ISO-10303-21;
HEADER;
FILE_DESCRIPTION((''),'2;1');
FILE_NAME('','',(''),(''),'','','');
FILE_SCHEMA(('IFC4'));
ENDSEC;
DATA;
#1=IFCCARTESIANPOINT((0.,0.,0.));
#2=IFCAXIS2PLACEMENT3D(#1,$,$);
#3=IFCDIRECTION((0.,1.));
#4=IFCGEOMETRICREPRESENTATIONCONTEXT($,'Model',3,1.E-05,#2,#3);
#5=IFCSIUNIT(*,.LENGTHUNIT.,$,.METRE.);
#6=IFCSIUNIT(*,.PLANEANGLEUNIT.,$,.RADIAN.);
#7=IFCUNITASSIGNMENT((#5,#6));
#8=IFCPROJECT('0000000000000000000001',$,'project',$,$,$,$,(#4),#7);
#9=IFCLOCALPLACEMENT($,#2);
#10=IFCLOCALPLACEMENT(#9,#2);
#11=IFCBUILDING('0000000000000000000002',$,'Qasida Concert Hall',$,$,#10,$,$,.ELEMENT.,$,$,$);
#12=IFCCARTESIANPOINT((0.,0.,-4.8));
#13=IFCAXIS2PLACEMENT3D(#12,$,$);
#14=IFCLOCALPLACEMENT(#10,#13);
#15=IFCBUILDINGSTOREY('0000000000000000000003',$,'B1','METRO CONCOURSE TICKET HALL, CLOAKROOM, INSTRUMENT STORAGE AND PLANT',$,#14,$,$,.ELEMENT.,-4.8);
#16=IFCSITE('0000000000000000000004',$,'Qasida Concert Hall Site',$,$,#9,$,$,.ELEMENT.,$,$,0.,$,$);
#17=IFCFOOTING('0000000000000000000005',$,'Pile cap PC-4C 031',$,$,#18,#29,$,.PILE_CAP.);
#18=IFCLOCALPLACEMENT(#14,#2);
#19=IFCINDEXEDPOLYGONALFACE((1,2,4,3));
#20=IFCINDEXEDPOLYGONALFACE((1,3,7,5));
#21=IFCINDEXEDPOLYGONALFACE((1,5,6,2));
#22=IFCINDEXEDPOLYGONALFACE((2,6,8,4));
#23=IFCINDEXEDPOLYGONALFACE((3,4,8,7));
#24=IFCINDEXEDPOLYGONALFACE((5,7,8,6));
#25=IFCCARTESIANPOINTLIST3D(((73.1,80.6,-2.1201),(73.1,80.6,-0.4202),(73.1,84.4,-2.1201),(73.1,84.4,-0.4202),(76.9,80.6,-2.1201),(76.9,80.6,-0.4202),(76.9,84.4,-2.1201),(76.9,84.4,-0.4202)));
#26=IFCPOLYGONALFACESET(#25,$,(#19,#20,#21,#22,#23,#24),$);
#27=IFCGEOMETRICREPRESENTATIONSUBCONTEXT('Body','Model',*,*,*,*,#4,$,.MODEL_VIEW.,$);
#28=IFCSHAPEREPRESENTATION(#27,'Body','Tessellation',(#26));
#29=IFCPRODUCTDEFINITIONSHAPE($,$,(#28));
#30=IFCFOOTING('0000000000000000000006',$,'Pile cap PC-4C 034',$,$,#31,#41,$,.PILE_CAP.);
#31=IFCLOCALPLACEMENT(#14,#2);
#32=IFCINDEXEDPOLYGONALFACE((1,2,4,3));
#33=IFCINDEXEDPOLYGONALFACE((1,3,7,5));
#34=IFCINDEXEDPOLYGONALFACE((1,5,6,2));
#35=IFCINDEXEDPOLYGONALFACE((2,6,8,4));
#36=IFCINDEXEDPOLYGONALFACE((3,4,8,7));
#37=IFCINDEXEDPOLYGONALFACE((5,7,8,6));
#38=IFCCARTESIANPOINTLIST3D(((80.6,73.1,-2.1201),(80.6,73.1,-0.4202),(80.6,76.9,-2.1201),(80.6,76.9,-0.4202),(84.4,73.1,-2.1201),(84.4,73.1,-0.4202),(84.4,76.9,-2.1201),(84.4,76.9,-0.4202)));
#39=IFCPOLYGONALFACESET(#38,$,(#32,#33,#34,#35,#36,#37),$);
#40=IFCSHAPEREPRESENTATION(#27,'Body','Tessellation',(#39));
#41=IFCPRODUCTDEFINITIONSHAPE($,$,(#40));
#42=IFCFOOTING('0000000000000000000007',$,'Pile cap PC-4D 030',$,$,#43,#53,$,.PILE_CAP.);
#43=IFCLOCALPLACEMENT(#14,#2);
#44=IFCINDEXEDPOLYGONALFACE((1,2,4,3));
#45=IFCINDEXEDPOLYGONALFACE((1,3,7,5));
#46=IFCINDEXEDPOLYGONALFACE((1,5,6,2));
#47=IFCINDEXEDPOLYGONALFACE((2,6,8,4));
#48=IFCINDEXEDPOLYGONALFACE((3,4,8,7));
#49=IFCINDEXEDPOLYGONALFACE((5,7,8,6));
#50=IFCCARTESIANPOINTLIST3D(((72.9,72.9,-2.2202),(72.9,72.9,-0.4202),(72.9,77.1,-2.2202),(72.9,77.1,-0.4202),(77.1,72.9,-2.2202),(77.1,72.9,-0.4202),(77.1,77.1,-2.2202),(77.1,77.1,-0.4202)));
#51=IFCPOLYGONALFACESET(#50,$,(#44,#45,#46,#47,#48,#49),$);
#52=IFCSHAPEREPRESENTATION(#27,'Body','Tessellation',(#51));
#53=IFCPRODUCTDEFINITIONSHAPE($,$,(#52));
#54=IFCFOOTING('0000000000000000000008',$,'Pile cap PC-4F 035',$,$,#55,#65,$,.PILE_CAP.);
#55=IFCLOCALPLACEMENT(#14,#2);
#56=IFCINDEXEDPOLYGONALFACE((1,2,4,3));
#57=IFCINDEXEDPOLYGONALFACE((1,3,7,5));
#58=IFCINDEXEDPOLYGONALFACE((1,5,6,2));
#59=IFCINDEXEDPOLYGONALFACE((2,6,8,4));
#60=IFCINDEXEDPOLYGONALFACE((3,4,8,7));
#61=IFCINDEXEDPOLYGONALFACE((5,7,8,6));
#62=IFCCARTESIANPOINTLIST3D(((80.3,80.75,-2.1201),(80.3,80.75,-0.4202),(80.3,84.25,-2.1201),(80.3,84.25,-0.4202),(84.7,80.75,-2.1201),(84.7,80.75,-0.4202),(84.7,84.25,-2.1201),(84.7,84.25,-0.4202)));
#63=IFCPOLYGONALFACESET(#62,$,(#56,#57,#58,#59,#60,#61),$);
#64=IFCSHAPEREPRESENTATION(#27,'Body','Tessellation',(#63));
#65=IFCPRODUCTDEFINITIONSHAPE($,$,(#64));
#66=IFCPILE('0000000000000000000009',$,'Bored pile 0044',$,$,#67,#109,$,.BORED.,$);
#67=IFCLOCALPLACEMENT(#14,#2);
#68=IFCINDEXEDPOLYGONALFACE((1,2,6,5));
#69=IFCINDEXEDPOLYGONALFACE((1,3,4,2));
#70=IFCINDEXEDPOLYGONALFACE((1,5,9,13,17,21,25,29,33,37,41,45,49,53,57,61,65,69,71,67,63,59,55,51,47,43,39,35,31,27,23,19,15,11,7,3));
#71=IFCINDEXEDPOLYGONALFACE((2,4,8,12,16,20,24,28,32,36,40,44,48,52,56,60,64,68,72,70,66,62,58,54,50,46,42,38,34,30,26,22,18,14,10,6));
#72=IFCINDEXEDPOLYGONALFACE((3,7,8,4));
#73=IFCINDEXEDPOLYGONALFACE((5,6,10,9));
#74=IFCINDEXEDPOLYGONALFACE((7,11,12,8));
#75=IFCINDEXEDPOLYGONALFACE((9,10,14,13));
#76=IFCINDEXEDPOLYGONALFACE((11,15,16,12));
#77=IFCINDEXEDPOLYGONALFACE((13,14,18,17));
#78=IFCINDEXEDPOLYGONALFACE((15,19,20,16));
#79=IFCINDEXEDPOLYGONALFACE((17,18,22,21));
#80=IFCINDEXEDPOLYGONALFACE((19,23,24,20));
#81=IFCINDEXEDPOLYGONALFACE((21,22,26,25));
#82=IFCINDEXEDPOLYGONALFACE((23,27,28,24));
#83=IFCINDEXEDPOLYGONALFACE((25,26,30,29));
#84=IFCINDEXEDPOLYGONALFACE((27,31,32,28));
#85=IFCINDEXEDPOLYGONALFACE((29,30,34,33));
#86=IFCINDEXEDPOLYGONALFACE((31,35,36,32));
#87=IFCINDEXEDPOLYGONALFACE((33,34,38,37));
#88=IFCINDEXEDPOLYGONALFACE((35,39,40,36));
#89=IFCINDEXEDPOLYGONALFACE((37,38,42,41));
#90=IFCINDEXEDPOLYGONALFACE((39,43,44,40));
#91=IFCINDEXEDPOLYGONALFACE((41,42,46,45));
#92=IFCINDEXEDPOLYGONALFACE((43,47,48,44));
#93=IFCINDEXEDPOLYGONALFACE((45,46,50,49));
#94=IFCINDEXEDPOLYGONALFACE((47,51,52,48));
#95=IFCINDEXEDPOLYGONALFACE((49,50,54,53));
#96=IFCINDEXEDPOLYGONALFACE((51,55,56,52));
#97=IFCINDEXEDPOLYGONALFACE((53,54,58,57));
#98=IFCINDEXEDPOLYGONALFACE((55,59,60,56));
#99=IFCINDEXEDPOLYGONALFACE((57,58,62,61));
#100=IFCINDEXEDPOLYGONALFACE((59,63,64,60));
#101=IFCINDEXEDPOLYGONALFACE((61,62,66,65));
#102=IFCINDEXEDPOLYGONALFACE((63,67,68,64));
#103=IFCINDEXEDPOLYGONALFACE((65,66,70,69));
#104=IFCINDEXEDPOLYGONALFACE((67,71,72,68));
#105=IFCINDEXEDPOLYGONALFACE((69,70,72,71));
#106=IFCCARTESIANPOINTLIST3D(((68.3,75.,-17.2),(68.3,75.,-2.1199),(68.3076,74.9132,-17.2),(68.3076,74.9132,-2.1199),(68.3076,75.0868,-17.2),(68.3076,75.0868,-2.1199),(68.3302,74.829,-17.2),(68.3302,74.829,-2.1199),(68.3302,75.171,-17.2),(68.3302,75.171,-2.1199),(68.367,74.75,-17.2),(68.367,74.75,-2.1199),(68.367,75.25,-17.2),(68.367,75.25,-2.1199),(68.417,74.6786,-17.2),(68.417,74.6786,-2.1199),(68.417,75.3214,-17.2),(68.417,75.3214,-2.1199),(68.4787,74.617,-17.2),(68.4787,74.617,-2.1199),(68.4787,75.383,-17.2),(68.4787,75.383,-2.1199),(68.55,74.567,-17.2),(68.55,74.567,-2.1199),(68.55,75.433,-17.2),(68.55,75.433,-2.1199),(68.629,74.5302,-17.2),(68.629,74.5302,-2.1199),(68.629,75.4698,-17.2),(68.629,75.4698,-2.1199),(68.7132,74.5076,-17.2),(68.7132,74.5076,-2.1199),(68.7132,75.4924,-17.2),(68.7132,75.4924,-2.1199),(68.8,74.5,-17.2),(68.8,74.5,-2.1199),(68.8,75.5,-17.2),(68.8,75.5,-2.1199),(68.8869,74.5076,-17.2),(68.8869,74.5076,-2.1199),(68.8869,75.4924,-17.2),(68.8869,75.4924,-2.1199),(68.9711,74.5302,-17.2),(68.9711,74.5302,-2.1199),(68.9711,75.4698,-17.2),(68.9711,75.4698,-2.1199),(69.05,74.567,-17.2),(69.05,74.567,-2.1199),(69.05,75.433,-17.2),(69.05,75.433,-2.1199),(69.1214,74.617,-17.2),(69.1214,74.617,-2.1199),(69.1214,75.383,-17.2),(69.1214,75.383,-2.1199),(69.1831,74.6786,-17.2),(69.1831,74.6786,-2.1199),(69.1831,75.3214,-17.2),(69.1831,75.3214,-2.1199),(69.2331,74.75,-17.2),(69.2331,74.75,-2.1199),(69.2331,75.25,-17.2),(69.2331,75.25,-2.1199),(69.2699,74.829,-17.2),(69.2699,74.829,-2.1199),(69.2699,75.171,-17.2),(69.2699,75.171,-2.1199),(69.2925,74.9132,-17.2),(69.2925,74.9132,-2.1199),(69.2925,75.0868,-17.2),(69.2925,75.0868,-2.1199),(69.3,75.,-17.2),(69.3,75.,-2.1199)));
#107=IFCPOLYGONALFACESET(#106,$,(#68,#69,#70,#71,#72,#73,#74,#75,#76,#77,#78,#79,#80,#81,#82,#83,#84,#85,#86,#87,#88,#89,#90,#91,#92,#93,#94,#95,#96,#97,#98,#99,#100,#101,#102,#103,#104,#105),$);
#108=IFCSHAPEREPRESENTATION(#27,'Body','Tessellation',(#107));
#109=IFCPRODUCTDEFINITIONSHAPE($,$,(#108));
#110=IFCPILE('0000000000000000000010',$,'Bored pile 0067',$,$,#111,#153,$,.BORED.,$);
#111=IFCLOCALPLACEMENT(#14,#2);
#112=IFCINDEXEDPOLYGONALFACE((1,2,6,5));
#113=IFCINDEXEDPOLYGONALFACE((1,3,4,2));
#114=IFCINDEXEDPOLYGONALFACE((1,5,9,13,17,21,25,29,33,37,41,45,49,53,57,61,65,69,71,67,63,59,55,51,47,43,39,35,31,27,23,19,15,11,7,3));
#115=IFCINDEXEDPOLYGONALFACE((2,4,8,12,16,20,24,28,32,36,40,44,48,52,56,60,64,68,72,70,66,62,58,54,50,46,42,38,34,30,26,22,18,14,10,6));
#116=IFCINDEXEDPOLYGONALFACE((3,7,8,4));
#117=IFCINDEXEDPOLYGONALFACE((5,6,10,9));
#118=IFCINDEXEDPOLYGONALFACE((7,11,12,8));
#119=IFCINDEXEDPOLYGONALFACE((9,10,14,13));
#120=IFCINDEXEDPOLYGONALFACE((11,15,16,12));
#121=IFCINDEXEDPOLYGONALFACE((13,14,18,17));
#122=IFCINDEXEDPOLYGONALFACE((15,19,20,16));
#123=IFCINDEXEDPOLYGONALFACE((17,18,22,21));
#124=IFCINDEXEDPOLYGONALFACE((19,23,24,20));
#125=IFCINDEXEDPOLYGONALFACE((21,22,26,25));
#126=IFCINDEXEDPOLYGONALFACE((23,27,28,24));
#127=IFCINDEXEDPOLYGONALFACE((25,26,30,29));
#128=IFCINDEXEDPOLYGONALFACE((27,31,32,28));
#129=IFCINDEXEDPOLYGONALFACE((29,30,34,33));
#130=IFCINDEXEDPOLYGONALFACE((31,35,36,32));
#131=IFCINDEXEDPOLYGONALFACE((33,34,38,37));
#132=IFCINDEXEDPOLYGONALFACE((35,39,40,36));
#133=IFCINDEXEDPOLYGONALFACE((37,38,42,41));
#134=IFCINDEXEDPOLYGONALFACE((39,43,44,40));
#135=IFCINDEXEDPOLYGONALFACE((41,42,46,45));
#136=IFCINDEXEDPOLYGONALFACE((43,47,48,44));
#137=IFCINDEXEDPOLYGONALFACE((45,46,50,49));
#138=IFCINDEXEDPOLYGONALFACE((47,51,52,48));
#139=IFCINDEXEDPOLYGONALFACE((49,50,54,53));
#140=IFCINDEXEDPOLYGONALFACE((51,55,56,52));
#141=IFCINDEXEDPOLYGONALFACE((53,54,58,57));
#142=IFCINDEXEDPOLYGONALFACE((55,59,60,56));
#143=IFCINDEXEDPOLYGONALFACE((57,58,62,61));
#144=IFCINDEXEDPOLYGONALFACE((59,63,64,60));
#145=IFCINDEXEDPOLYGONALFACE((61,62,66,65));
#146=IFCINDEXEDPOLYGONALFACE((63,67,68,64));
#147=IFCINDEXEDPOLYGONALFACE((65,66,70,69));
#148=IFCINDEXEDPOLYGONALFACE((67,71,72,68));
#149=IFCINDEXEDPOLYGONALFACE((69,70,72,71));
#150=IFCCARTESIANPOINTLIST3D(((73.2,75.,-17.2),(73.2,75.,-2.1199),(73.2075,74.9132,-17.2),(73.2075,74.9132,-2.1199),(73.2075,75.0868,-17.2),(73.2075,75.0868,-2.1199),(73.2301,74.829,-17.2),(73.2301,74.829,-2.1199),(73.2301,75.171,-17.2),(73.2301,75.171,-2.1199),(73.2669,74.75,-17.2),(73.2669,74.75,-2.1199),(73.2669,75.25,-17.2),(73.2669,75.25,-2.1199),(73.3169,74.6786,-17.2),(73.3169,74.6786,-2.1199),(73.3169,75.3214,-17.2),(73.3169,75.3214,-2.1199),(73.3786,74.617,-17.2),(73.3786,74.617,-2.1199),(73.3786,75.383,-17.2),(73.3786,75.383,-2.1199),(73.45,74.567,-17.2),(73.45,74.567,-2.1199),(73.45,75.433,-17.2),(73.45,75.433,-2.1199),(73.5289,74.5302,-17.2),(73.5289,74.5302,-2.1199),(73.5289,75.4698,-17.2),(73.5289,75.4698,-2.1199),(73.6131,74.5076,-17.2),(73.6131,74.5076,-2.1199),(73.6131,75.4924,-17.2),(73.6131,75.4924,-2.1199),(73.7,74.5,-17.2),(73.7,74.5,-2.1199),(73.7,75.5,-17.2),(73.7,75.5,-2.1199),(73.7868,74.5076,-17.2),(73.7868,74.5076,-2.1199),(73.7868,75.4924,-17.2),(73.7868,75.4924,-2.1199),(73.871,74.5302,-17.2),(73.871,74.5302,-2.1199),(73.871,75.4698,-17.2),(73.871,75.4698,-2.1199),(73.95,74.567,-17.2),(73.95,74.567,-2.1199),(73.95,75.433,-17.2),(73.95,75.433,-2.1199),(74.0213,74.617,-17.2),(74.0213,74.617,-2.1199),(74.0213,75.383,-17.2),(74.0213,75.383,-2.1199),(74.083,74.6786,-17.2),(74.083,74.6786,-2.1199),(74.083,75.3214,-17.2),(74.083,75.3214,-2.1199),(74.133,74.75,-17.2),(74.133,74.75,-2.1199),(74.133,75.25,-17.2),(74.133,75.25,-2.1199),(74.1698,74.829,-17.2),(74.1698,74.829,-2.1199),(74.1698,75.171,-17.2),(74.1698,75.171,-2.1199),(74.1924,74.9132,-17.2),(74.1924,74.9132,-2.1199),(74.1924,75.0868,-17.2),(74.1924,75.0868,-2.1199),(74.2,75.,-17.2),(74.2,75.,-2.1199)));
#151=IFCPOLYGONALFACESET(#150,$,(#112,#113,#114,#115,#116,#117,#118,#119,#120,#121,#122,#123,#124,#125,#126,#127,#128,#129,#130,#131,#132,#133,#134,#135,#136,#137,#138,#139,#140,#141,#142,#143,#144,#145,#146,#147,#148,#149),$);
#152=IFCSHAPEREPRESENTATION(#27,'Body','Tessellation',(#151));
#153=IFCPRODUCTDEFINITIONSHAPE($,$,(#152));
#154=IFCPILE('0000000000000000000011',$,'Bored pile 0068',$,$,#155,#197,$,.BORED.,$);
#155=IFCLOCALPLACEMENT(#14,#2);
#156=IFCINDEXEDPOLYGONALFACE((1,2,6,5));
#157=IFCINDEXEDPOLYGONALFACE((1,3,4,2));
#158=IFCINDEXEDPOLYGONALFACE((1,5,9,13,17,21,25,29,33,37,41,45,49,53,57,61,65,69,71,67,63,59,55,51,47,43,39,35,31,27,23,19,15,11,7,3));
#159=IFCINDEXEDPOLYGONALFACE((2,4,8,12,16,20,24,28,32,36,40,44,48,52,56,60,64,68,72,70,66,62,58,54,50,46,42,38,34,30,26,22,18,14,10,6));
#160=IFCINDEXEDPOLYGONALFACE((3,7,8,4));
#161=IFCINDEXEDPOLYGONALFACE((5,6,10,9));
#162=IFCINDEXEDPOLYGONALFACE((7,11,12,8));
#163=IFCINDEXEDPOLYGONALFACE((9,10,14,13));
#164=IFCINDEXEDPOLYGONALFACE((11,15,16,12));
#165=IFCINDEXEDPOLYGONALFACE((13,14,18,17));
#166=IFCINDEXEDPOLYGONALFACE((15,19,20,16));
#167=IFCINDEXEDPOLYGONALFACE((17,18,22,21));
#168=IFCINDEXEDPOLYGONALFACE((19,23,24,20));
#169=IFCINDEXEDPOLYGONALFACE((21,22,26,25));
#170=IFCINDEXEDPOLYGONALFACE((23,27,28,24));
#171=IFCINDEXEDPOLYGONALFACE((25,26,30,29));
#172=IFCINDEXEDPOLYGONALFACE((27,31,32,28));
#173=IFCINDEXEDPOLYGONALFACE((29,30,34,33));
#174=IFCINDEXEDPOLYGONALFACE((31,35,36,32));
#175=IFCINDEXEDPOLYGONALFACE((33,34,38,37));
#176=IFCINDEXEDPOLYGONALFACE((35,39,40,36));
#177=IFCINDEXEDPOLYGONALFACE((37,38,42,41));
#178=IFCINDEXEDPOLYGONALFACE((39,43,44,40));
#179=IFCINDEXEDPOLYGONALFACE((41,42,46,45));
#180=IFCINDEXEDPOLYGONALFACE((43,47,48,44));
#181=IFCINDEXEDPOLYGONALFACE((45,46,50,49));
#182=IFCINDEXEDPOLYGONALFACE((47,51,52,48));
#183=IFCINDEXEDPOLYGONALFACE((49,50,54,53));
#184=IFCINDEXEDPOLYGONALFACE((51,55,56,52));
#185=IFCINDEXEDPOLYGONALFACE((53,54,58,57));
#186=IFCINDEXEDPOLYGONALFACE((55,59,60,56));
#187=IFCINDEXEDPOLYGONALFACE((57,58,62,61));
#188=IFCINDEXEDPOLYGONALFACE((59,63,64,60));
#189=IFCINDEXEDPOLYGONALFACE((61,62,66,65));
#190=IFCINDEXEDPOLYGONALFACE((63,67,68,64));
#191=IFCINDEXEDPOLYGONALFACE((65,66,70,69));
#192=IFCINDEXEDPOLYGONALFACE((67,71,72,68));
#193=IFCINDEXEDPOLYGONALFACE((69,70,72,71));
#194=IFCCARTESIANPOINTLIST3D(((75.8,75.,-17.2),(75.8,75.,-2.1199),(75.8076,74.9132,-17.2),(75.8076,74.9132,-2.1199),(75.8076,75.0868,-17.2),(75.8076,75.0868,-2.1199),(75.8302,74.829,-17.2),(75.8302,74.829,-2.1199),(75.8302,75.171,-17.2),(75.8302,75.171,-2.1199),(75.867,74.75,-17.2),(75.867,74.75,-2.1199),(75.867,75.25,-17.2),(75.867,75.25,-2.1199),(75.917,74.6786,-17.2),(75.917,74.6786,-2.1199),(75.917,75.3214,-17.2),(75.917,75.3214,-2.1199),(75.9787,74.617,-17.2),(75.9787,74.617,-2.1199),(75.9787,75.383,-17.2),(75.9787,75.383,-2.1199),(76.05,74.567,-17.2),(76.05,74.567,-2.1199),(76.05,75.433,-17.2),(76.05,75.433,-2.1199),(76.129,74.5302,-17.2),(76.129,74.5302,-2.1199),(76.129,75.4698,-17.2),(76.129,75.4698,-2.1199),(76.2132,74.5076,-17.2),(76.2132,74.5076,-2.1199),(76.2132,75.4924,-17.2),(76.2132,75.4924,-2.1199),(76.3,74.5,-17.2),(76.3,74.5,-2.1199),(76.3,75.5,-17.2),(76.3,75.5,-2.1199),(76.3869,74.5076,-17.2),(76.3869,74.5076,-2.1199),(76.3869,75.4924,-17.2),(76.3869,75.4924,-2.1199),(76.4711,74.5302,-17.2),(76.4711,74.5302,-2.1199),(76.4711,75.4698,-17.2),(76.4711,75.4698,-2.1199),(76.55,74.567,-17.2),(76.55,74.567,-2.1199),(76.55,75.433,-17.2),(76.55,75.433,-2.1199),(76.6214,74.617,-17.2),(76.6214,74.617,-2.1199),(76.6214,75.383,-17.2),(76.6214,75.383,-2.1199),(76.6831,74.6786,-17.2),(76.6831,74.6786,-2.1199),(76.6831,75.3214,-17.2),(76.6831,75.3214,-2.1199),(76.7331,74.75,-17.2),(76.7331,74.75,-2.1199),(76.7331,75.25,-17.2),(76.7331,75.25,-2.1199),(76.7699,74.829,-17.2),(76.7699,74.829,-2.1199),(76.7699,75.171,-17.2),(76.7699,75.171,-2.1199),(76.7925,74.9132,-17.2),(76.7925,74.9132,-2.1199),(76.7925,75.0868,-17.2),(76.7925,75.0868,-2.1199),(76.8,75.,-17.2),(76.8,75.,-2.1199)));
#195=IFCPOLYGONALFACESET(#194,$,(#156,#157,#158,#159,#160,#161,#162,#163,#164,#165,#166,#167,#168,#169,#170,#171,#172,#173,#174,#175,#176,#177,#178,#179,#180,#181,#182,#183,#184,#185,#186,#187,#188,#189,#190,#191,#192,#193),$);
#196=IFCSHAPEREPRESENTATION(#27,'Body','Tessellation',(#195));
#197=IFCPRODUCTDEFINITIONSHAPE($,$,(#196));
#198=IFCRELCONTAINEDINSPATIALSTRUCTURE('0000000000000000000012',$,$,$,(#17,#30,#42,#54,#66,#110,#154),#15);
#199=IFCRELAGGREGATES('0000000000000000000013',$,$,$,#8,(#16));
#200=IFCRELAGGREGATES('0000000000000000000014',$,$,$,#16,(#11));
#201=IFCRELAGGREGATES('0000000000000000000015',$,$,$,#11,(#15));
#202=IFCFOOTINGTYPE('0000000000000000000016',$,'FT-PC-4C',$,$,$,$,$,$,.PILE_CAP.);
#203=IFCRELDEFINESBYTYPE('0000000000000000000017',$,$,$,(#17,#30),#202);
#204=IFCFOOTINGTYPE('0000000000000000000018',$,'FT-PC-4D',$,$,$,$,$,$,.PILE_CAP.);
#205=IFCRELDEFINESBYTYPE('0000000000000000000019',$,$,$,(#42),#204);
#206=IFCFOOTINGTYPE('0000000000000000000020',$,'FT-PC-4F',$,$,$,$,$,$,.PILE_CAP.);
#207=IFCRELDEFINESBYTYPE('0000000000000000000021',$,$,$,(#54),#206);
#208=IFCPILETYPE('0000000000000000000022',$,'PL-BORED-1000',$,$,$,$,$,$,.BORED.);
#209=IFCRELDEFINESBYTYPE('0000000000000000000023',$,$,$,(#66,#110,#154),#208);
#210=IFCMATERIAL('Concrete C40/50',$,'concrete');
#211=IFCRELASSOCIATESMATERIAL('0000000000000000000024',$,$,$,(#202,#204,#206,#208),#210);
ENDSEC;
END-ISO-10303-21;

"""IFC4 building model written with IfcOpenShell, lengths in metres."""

from ifc_helpers import new_model, si_unit, direction, frame, origin, origin_2d, place, context, subcontext, project, spatial, rectangle, circle, extrude, material, material_profile, profile_set, type_object, element, save


model = new_model("IFC4")

# Units and contexts
model_context = context("Model", 3, precision=1e-05, world=origin(), true_north=direction((0.0, 1.0)))
body_context = subcontext(model_context, "Body", "Model", "MODEL_VIEW")
ifc_project = project(units=[si_unit("LENGTHUNIT", "METRE"), si_unit("PLANEANGLEUNIT", "RADIAN")], contexts=[model_context])

# Site, building, storey
site_placement = place(None, origin())
site = spatial("IfcSite", under=ifc_project, at=site_placement, Name="Qasida Concert Hall Site", CompositionType="ELEMENT", RefElevation=0.0)
building_placement = place(site_placement, origin())
building = spatial("IfcBuilding", under=site, at=building_placement, Name="Qasida Concert Hall", CompositionType="ELEMENT")
storey_placement = place(building_placement, frame((0.0, 0.0, -4.8)))
storey = spatial("IfcBuildingStorey", under=building, at=storey_placement, Name="B1", Description="METRO CONCOURSE TICKET HALL, CLOAKROOM, INSTRUMENT STORAGE AND PLANT", CompositionType="ELEMENT", Elevation=-4.8)

# Footings
ifc_material_1 = material(Name="Concrete C40/50", Category="concrete")
footing_type_1 = type_object("IfcFootingType", Name="FT-PC-4C", PredefinedType="PILE_CAP", material=ifc_material_1)
for number, where, z_axis, x_axis, name in (
    (1, (75.0, 82.5, -2.1201), (0.0, 0.0, 1.0), (1.0, 0.0, 0.0), "Pile cap PC-4C 031"),
    (2, (82.5, 75.0, -2.1201), (0.0, 0.0, 1.0), (1.0, 0.0, 0.0), "Pile cap PC-4C 034"),
):
    element("IfcFooting", number, at=place(storey_placement, frame(where, z_axis=z_axis, x_axis=x_axis)), inside=storey, type_object=footing_type_1, Name=name, PredefinedType="PILE_CAP", context=body_context, shape_type="SweptSolid", body=[
        extrude(rectangle(XDim=3.8, YDim=3.8, at=origin_2d()), origin(), (0.0, 0.0, 1.0), 1.7),
    ])
footing_type_2 = type_object("IfcFootingType", Name="FT-PC-4D", PredefinedType="PILE_CAP", material=ifc_material_1)
footing_1_placement = place(storey_placement, frame((75.0, 75.0, -2.2202), z_axis=(0.0, 0.0, 1.0), x_axis=(1.0, 0.0, 0.0)))
element("IfcFooting", 3, at=footing_1_placement, inside=storey, type_object=footing_type_2, Name="Pile cap PC-4D 030", PredefinedType="PILE_CAP", context=body_context, shape_type="SweptSolid", body=[
    extrude(rectangle(XDim=4.2, YDim=4.2, at=origin_2d()), origin(), (0.0, 0.0, 1.0), 1.8),
])
footing_type_3 = type_object("IfcFootingType", Name="FT-PC-4F", PredefinedType="PILE_CAP", material=ifc_material_1)
footing_2_placement = place(storey_placement, frame((82.5, 82.5, -2.1201), z_axis=(0.0, 0.0, 1.0), x_axis=(1.0, 0.0, 0.0)))
element("IfcFooting", 4, at=footing_2_placement, inside=storey, type_object=footing_type_3, Name="Pile cap PC-4F 035", PredefinedType="PILE_CAP", context=body_context, shape_type="SweptSolid", body=[
    extrude(rectangle(XDim=4.3999, YDim=3.5, at=origin_2d()), origin(), (0.0, 0.0, 1.0), 1.7),
])

# Piles
ifc_material_profile_1 = material_profile(ifc_material_1, circle(Radius=0.5, at=origin_2d()), Name="BORED PILE D1000")
ifc_profile_set_1 = profile_set([ifc_material_profile_1], Name="Concrete C40/50")
pile_type = type_object("IfcPileType", Name="PL-BORED-1000", PredefinedType="BORED", material=ifc_profile_set_1)
for number, where, z_axis, x_axis, name in (
    (5, (68.8, 75.0, -2.1199), (0.0, 0.0, -1.0), (1.0, 0.0, 0.0), "Bored pile 0044"),
    (6, (73.7, 75.0, -2.1199), (0.0, 0.0, -1.0), (1.0, 0.0, 0.0), "Bored pile 0067"),
    (7, (76.3, 75.0, -2.1199), (0.0, 0.0, -1.0), (1.0, 0.0, 0.0), "Bored pile 0068"),
):
    element("IfcPile", number, at=place(storey_placement, frame(where, z_axis=z_axis, x_axis=x_axis)), inside=storey, type_object=pile_type, Name=name, PredefinedType="BORED", context=body_context, shape_type="SweptSolid", body=[
        extrude(circle(Radius=0.5, at=origin_2d()), origin(), (0.0, 0.0, 1.0), 15.0801),
    ])

save(model, "model.ifc")
